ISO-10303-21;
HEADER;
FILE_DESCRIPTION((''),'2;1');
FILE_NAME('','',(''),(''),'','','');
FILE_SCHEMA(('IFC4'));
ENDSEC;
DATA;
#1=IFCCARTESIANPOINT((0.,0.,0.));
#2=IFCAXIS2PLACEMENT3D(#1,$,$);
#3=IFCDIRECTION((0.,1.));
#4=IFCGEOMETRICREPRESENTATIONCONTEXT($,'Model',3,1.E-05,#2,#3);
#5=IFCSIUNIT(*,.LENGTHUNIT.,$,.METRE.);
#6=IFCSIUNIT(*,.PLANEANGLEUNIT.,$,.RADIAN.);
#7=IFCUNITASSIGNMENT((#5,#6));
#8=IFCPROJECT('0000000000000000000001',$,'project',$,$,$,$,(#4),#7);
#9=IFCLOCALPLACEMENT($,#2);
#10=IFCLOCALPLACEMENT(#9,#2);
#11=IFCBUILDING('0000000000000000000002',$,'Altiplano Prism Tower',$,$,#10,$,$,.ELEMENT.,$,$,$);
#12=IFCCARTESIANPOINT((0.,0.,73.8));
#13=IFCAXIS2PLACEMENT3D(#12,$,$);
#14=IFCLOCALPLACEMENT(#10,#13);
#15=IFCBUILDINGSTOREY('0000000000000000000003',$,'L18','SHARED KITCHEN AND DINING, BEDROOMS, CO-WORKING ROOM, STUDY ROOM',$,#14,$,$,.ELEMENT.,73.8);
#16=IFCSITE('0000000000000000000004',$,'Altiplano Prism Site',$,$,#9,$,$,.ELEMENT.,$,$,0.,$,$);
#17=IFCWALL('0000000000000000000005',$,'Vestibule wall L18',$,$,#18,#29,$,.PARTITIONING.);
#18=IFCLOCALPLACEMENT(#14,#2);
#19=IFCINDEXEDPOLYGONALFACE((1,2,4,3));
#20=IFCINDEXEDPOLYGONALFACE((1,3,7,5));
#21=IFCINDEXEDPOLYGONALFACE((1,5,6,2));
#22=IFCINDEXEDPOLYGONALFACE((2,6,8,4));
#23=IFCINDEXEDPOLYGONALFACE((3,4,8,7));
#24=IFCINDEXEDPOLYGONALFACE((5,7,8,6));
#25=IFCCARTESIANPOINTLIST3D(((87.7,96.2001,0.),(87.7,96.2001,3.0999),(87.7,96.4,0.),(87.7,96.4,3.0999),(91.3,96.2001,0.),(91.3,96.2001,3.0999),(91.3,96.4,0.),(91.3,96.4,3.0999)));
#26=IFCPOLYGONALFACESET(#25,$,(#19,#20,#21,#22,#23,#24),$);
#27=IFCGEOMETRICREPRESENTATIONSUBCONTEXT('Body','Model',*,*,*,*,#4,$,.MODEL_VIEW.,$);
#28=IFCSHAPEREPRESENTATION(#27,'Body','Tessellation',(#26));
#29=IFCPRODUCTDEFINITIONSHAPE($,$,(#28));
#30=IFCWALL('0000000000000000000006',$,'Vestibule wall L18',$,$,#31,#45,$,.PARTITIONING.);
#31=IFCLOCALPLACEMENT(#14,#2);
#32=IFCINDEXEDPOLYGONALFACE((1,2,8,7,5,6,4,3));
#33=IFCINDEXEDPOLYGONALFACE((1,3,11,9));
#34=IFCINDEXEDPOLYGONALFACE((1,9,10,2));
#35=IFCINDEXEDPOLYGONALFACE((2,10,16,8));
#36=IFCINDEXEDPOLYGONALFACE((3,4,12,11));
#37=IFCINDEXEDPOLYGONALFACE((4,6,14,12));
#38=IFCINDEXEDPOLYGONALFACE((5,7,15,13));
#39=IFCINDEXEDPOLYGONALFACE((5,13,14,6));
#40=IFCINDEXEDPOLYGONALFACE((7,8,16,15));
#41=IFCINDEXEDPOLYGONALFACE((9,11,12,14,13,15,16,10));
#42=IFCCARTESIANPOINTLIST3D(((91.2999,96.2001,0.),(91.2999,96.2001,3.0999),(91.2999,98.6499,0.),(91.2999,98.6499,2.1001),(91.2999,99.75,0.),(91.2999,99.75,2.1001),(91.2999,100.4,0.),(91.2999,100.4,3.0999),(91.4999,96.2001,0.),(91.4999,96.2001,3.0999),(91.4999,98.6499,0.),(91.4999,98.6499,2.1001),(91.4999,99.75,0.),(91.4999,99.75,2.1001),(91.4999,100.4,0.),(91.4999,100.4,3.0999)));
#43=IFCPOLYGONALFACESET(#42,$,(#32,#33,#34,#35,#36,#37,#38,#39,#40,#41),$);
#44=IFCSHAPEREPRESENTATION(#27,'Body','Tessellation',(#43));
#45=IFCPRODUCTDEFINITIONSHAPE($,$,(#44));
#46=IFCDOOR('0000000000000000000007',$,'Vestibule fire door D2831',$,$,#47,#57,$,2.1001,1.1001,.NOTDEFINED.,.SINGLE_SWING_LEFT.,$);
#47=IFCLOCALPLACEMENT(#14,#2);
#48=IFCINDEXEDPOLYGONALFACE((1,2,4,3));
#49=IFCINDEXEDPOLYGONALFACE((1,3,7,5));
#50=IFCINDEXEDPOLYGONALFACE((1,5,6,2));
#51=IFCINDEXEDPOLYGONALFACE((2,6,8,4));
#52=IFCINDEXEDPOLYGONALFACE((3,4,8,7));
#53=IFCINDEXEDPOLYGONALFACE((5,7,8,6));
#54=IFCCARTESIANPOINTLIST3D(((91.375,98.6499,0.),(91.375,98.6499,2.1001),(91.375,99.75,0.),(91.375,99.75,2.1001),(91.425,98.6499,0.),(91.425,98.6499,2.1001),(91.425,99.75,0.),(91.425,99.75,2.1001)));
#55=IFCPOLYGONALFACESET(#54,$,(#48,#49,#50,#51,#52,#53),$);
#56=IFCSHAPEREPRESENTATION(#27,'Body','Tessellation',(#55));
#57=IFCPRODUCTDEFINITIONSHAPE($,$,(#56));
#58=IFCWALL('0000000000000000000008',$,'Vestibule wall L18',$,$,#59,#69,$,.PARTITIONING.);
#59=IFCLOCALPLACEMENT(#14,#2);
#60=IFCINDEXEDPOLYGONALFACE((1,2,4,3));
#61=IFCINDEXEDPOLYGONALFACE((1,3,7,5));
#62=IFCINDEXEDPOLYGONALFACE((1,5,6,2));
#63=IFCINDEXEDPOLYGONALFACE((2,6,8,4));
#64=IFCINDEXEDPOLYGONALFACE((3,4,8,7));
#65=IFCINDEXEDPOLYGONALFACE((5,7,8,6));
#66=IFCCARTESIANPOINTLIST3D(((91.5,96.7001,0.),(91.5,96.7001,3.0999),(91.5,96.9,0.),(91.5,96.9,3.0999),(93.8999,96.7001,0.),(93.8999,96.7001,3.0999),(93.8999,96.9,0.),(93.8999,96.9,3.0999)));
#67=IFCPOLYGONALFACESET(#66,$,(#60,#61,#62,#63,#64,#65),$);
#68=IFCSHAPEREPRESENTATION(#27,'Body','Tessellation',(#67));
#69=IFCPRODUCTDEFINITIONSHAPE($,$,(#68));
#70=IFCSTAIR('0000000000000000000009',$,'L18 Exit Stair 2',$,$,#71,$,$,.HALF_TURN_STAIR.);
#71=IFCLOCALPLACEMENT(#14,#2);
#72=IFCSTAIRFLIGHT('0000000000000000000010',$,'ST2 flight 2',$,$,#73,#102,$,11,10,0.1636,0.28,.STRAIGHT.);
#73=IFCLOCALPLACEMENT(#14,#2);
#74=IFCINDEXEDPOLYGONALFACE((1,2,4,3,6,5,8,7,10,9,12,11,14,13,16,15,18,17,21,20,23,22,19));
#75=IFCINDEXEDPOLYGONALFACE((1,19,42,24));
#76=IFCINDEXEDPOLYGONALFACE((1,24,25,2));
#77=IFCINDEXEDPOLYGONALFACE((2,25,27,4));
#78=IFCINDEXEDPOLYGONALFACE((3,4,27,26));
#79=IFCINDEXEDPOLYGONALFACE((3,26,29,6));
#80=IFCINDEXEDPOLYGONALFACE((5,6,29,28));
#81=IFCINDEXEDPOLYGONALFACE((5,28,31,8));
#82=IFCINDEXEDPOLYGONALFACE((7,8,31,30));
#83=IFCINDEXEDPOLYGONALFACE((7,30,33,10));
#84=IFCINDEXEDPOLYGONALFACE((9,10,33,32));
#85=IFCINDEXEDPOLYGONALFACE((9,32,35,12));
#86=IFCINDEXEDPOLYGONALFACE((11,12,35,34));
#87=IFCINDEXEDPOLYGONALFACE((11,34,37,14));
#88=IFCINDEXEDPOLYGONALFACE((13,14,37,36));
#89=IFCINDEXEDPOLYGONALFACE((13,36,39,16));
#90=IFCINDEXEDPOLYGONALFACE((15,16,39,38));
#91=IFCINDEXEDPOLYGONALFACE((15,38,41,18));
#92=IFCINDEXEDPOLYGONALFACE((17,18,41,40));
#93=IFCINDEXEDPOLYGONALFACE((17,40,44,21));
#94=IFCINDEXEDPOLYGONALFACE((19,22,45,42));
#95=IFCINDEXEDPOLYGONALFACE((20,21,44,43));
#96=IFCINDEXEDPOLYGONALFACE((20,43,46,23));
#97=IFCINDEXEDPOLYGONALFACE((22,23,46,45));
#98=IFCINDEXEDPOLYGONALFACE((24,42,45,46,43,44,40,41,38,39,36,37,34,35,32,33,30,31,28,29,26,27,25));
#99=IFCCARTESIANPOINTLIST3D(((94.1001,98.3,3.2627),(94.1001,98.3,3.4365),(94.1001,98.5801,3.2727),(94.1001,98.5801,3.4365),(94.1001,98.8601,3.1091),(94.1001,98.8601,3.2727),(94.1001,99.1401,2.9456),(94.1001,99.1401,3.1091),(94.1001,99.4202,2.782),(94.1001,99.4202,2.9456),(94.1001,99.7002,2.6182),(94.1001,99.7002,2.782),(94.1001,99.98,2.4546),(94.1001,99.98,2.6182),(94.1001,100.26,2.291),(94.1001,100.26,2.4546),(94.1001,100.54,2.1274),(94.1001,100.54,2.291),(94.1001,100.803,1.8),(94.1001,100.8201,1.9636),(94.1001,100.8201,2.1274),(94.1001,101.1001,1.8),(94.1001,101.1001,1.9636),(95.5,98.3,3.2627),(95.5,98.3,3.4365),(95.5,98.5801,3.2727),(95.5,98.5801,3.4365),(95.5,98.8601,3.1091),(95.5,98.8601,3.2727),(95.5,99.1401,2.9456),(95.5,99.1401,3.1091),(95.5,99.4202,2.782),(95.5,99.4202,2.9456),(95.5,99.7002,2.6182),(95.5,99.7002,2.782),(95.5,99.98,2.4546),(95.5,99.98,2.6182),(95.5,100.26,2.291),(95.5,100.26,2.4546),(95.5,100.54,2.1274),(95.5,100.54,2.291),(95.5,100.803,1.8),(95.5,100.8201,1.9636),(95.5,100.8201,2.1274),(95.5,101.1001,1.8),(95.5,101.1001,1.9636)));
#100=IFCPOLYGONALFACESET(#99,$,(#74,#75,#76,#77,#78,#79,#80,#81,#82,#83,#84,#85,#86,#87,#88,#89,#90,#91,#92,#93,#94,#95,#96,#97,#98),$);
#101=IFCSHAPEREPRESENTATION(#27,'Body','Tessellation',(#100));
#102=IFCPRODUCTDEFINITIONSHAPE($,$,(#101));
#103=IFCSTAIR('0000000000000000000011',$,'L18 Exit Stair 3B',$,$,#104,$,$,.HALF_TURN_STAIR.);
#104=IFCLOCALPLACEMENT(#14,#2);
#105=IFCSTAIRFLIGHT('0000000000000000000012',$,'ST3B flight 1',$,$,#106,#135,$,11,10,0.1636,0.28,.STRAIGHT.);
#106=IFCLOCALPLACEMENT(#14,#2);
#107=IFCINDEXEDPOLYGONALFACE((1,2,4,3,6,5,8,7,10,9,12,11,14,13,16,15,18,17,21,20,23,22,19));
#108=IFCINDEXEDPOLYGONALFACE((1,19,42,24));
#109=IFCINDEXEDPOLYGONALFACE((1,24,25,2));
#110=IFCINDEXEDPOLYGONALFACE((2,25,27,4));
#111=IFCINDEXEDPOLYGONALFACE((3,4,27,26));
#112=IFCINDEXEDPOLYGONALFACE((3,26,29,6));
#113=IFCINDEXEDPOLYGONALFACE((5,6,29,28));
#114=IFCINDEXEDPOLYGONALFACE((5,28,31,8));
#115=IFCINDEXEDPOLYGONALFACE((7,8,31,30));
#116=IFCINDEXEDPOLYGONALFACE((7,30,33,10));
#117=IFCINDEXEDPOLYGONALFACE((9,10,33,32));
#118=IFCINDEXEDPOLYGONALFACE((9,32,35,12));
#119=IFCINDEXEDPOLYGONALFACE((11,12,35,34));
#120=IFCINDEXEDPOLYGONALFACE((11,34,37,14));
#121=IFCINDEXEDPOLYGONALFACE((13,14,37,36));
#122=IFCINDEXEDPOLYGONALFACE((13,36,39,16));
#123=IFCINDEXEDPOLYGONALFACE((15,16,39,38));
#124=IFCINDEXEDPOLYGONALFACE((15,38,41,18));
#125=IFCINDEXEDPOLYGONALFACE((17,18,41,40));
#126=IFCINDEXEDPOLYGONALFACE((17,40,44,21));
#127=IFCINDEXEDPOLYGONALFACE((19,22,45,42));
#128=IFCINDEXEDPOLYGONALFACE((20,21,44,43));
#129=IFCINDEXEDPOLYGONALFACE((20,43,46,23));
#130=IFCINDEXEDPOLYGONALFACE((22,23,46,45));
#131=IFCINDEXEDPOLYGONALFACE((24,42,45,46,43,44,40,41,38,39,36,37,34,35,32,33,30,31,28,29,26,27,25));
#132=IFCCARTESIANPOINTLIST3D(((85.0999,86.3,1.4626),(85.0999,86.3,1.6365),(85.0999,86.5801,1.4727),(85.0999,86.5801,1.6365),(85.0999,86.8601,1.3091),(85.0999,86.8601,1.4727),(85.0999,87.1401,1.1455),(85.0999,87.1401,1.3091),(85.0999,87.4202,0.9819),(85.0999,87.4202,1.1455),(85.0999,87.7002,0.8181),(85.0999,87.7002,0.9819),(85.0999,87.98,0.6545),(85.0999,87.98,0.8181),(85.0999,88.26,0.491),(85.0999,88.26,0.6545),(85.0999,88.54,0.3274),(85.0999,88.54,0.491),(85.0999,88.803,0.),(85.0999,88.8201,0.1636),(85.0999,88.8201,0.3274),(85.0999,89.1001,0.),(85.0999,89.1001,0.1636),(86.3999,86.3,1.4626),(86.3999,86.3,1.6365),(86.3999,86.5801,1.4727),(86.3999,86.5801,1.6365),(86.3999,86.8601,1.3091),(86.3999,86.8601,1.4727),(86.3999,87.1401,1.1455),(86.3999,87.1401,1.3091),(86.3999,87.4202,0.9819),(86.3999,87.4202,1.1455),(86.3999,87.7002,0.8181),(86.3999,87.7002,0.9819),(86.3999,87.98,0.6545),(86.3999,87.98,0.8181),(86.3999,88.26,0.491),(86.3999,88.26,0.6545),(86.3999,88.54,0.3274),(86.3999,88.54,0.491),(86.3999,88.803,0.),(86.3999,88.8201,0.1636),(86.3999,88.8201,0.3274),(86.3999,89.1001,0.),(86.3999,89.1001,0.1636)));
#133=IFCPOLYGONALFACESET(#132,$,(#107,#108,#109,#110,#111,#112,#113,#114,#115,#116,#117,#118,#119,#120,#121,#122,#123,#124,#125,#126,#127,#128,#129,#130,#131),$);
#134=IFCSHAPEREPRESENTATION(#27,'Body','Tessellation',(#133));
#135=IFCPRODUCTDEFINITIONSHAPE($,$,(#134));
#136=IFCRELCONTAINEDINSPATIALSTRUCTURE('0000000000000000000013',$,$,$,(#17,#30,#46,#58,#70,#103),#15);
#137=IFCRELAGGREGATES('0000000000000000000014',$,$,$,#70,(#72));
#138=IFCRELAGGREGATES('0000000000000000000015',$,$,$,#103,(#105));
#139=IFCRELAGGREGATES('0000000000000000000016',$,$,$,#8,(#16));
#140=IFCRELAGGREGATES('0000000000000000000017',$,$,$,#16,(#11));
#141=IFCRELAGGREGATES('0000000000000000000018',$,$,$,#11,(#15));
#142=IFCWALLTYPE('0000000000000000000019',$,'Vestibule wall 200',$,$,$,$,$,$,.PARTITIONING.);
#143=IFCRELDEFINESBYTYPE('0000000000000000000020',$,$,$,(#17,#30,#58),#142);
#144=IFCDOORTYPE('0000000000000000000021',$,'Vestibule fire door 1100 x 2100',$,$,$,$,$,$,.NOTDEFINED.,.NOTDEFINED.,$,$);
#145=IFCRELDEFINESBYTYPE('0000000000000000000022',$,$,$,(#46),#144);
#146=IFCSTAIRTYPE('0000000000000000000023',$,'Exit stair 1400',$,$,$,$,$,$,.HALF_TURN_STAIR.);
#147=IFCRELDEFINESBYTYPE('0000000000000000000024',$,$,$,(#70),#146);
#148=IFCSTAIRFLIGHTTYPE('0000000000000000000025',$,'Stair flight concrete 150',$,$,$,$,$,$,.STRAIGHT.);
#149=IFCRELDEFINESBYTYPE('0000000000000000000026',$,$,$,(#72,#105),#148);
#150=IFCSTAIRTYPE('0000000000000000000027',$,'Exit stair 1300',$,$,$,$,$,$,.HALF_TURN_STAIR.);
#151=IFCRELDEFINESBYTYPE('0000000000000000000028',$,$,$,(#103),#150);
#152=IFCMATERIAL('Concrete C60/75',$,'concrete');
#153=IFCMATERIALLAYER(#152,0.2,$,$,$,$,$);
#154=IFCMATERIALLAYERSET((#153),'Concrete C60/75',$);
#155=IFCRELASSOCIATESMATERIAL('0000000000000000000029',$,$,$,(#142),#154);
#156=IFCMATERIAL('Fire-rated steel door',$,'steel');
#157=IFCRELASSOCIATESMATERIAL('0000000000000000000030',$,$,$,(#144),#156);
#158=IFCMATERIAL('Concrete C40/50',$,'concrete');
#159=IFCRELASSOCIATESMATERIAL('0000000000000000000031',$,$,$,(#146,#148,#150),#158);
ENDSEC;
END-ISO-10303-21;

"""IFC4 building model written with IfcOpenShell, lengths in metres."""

from ifc_helpers import new_model, si_unit, direction, frame, frame_2d, origin, place, context, subcontext, project, spatial, polyline, rectangle, outline, extrude, material, layer, layer_set, type_object, element, fill, aggregate, save


model = new_model("IFC4")

# Units and contexts
model_context = context("Model", 3, precision=1e-05, world=origin(), true_north=direction((0.0, 1.0)))
body_context = subcontext(model_context, "Body", "Model", "MODEL_VIEW")
ifc_project = project(units=[si_unit("LENGTHUNIT", "METRE"), si_unit("PLANEANGLEUNIT", "RADIAN")], contexts=[model_context])

# Site, building, storey
site_placement = place(None, origin())
site = spatial("IfcSite", under=ifc_project, at=site_placement, Name="Altiplano Prism Site", CompositionType="ELEMENT", RefElevation=0.0)
building_placement = place(site_placement, origin())
building = spatial("IfcBuilding", under=site, at=building_placement, Name="Altiplano Prism Tower", CompositionType="ELEMENT")
storey_placement = place(building_placement, frame((0.0, 0.0, 73.8)))
storey = spatial("IfcBuildingStorey", under=building, at=storey_placement, Name="L18", Description="SHARED KITCHEN AND DINING, BEDROOMS, CO-WORKING ROOM, STUDY ROOM", CompositionType="ELEMENT", Elevation=73.8)

# Shared definitions
ifc_material_1 = material(Name="Concrete C60/75", Category="concrete")

# Shared definitions
ifc_material_2 = material(Name="Fire-rated steel door", Category="steel")

# Shared definitions
ifc_layer_1 = layer(ifc_material_1, 0.2)
ifc_layer_set_1 = layer_set([ifc_layer_1], Name="Concrete C60/75")
wall_type_1 = type_object("IfcWallType", Name="Vestibule wall 200", PredefinedType="PARTITIONING", material=ifc_layer_set_1)
door_type_1 = type_object("IfcDoorType", Name="Vestibule fire door 1100 x 2100", OperationType="NOTDEFINED", PredefinedType="NOTDEFINED", material=ifc_material_2)

# Wall
wall_1_placement = place(storey_placement, frame((87.7, 96.3, 0.0), z_axis=(0.0, 0.0, 1.0), x_axis=(1.0, 0.0, 0.0)))
element("IfcWall", 1, at=wall_1_placement, inside=storey, type_object=wall_type_1, Name="Vestibule wall L18", PredefinedType="PARTITIONING", context=body_context, shape_type="SweptSolid", body=[
    extrude(rectangle(XDim=3.6001, YDim=0.2, at=frame_2d((1.8, 0.0))), origin(), (0.0, 0.0, 1.0), 3.0999),
])

# Wall, opening, door
wall_2_placement = place(storey_placement, frame((91.3999, 96.2, 0.0), z_axis=(0.0, 0.0, 1.0), x_axis=(0.0, 1.0, 0.0)))
wall_2 = element("IfcWall", 2, at=wall_2_placement, inside=storey, type_object=wall_type_1, Name="Vestibule wall L18", PredefinedType="PARTITIONING", context=body_context, shape_type="SweptSolid", body=[
    extrude(rectangle(XDim=4.2, YDim=0.2, at=frame_2d((2.1001, 0.0))), origin(), (0.0, 0.0, 1.0), 3.0999),
])
opening_1_placement = place(wall_2_placement, frame((2.45, 0.0, 0.0)))
opening_1 = element("IfcOpeningElement", 3, at=opening_1_placement, cuts=wall_2, PredefinedType="OPENING", context=body_context, shape_type="SweptSolid", body=[
    extrude(rectangle(XDim=1.1001, YDim=2.1001, at=frame_2d((0.55, 1.05))), frame((0.0, 0.1104, 0.0), z_axis=(0.0, -1.0, 0.0), x_axis=(1.0, 0.0, 0.0)), (0.0, 0.0, 1.0), 0.2209),
])
door_1_placement = place(opening_1_placement, origin())
door_1 = element("IfcDoor", 4, at=door_1_placement, inside=storey, type_object=door_type_1, Name="Vestibule fire door D2831", OperationType="SINGLE_SWING_LEFT", OverallHeight=2.1001, OverallWidth=1.1001, PredefinedType="NOTDEFINED", context=body_context, shape_type="SweptSolid", body=[
    extrude(rectangle(XDim=1.1001, YDim=2.1001, at=frame_2d((0.55, 1.05))), frame((0.0, 0.0249, 0.0), z_axis=(0.0, -1.0, 0.0), x_axis=(1.0, 0.0, 0.0)), (0.0, 0.0, 1.0), 0.05),
])
fill(opening_1, door_1)

# Wall
wall_3_placement = place(storey_placement, frame((91.5, 96.8, 0.0), z_axis=(0.0, 0.0, 1.0), x_axis=(1.0, 0.0, 0.0)))
element("IfcWall", 5, at=wall_3_placement, inside=storey, type_object=wall_type_1, Name="Vestibule wall L18", PredefinedType="PARTITIONING", context=body_context, shape_type="SweptSolid", body=[
    extrude(rectangle(XDim=2.3999, YDim=0.2, at=frame_2d((1.2, 0.0))), origin(), (0.0, 0.0, 1.0), 3.0999),
])

# Stairs, stair flights
ifc_material_3 = material(Name="Concrete C40/50", Category="concrete")
stair_type_1 = type_object("IfcStairType", Name="Exit stair 1400", PredefinedType="HALF_TURN_STAIR", material=ifc_material_3)
stair_1_placement = place(storey_placement, origin())
stair_1 = element("IfcStair", 6, at=stair_1_placement, inside=storey, type_object=stair_type_1, Name="L18 Exit Stair 2", PredefinedType="HALF_TURN_STAIR")
stair_flight_type = type_object("IfcStairFlightType", Name="Stair flight concrete 150", PredefinedType="STRAIGHT", material=ifc_material_3)
stair_flight_1_placement = place(storey_placement, frame((94.8, 101.1001, 1.8), z_axis=(0.0, 0.0, 1.0), x_axis=(0.0, -1.0, 0.0)))
stair_flight_1 = element("IfcStairFlight", 7, at=stair_flight_1_placement, type_object=stair_flight_type, Name="ST2 flight 2", NumberOfRisers=11, NumberOfTreads=10, PredefinedType="STRAIGHT", RiserHeight=0.1636, TreadLength=0.28, context=body_context, shape_type="SweptSolid", body=[
    extrude(outline(polyline([(0.0, 0.0), (0.0, 0.1636), (0.28, 0.1636), (0.28, 0.3274), (0.5601, 0.3274), (0.5601, 0.491), (0.8401, 0.491), (0.8401, 0.6545), (1.1201, 0.6545), (1.1201, 0.8181), (1.3999, 0.8181), (1.3999, 0.9819), (1.6799, 0.9819), (1.6799, 1.1455), (1.96, 1.1455), (1.96, 1.3091), (2.24, 1.3091), (2.24, 1.4727), (2.52, 1.4727), (2.52, 1.6365), (2.8, 1.6365), (2.8, 1.8), (2.8, 1.4626), (0.2971, 0.0), (0.0, 0.0)])), frame((0.0, 0.7, 0.0), z_axis=(0.0, -1.0, 0.0), x_axis=(1.0, 0.0, 0.0)), (0.0, 0.0, 1.0), 1.3999),
])
aggregate(stair_1, [stair_flight_1])
stair_type_2 = type_object("IfcStairType", Name="Exit stair 1300", PredefinedType="HALF_TURN_STAIR", material=ifc_material_3)
stair_2_placement = place(storey_placement, origin())
stair_2 = element("IfcStair", 8, at=stair_2_placement, inside=storey, type_object=stair_type_2, Name="L18 Exit Stair 3B", PredefinedType="HALF_TURN_STAIR")
stair_flight_2_placement = place(storey_placement, frame((85.75, 89.1001, 0.0), z_axis=(0.0, 0.0, 1.0), x_axis=(0.0, -1.0, 0.0)))
stair_flight_2 = element("IfcStairFlight", 9, at=stair_flight_2_placement, type_object=stair_flight_type, Name="ST3B flight 1", NumberOfRisers=11, NumberOfTreads=10, PredefinedType="STRAIGHT", RiserHeight=0.1636, TreadLength=0.28, context=body_context, shape_type="SweptSolid", body=[
    extrude(outline(polyline([(0.0, 0.0), (0.0, 0.1636), (0.28, 0.1636), (0.28, 0.3274), (0.5601, 0.3274), (0.5601, 0.491), (0.8401, 0.491), (0.8401, 0.6545), (1.1201, 0.6545), (1.1201, 0.8181), (1.3999, 0.8181), (1.3999, 0.9819), (1.6799, 0.9819), (1.6799, 1.1455), (1.96, 1.1455), (1.96, 1.3091), (2.24, 1.3091), (2.24, 1.4727), (2.52, 1.4727), (2.52, 1.6365), (2.8, 1.6365), (2.8, 1.8), (2.8, 1.4626), (0.2971, 0.0), (0.0, 0.0)])), frame((0.0, 0.6499, 0.0), z_axis=(0.0, -1.0, 0.0), x_axis=(1.0, 0.0, 0.0)), (0.0, 0.0, 1.0), 1.3),
])
aggregate(stair_2, [stair_flight_2])

save(model, "model.ifc")
